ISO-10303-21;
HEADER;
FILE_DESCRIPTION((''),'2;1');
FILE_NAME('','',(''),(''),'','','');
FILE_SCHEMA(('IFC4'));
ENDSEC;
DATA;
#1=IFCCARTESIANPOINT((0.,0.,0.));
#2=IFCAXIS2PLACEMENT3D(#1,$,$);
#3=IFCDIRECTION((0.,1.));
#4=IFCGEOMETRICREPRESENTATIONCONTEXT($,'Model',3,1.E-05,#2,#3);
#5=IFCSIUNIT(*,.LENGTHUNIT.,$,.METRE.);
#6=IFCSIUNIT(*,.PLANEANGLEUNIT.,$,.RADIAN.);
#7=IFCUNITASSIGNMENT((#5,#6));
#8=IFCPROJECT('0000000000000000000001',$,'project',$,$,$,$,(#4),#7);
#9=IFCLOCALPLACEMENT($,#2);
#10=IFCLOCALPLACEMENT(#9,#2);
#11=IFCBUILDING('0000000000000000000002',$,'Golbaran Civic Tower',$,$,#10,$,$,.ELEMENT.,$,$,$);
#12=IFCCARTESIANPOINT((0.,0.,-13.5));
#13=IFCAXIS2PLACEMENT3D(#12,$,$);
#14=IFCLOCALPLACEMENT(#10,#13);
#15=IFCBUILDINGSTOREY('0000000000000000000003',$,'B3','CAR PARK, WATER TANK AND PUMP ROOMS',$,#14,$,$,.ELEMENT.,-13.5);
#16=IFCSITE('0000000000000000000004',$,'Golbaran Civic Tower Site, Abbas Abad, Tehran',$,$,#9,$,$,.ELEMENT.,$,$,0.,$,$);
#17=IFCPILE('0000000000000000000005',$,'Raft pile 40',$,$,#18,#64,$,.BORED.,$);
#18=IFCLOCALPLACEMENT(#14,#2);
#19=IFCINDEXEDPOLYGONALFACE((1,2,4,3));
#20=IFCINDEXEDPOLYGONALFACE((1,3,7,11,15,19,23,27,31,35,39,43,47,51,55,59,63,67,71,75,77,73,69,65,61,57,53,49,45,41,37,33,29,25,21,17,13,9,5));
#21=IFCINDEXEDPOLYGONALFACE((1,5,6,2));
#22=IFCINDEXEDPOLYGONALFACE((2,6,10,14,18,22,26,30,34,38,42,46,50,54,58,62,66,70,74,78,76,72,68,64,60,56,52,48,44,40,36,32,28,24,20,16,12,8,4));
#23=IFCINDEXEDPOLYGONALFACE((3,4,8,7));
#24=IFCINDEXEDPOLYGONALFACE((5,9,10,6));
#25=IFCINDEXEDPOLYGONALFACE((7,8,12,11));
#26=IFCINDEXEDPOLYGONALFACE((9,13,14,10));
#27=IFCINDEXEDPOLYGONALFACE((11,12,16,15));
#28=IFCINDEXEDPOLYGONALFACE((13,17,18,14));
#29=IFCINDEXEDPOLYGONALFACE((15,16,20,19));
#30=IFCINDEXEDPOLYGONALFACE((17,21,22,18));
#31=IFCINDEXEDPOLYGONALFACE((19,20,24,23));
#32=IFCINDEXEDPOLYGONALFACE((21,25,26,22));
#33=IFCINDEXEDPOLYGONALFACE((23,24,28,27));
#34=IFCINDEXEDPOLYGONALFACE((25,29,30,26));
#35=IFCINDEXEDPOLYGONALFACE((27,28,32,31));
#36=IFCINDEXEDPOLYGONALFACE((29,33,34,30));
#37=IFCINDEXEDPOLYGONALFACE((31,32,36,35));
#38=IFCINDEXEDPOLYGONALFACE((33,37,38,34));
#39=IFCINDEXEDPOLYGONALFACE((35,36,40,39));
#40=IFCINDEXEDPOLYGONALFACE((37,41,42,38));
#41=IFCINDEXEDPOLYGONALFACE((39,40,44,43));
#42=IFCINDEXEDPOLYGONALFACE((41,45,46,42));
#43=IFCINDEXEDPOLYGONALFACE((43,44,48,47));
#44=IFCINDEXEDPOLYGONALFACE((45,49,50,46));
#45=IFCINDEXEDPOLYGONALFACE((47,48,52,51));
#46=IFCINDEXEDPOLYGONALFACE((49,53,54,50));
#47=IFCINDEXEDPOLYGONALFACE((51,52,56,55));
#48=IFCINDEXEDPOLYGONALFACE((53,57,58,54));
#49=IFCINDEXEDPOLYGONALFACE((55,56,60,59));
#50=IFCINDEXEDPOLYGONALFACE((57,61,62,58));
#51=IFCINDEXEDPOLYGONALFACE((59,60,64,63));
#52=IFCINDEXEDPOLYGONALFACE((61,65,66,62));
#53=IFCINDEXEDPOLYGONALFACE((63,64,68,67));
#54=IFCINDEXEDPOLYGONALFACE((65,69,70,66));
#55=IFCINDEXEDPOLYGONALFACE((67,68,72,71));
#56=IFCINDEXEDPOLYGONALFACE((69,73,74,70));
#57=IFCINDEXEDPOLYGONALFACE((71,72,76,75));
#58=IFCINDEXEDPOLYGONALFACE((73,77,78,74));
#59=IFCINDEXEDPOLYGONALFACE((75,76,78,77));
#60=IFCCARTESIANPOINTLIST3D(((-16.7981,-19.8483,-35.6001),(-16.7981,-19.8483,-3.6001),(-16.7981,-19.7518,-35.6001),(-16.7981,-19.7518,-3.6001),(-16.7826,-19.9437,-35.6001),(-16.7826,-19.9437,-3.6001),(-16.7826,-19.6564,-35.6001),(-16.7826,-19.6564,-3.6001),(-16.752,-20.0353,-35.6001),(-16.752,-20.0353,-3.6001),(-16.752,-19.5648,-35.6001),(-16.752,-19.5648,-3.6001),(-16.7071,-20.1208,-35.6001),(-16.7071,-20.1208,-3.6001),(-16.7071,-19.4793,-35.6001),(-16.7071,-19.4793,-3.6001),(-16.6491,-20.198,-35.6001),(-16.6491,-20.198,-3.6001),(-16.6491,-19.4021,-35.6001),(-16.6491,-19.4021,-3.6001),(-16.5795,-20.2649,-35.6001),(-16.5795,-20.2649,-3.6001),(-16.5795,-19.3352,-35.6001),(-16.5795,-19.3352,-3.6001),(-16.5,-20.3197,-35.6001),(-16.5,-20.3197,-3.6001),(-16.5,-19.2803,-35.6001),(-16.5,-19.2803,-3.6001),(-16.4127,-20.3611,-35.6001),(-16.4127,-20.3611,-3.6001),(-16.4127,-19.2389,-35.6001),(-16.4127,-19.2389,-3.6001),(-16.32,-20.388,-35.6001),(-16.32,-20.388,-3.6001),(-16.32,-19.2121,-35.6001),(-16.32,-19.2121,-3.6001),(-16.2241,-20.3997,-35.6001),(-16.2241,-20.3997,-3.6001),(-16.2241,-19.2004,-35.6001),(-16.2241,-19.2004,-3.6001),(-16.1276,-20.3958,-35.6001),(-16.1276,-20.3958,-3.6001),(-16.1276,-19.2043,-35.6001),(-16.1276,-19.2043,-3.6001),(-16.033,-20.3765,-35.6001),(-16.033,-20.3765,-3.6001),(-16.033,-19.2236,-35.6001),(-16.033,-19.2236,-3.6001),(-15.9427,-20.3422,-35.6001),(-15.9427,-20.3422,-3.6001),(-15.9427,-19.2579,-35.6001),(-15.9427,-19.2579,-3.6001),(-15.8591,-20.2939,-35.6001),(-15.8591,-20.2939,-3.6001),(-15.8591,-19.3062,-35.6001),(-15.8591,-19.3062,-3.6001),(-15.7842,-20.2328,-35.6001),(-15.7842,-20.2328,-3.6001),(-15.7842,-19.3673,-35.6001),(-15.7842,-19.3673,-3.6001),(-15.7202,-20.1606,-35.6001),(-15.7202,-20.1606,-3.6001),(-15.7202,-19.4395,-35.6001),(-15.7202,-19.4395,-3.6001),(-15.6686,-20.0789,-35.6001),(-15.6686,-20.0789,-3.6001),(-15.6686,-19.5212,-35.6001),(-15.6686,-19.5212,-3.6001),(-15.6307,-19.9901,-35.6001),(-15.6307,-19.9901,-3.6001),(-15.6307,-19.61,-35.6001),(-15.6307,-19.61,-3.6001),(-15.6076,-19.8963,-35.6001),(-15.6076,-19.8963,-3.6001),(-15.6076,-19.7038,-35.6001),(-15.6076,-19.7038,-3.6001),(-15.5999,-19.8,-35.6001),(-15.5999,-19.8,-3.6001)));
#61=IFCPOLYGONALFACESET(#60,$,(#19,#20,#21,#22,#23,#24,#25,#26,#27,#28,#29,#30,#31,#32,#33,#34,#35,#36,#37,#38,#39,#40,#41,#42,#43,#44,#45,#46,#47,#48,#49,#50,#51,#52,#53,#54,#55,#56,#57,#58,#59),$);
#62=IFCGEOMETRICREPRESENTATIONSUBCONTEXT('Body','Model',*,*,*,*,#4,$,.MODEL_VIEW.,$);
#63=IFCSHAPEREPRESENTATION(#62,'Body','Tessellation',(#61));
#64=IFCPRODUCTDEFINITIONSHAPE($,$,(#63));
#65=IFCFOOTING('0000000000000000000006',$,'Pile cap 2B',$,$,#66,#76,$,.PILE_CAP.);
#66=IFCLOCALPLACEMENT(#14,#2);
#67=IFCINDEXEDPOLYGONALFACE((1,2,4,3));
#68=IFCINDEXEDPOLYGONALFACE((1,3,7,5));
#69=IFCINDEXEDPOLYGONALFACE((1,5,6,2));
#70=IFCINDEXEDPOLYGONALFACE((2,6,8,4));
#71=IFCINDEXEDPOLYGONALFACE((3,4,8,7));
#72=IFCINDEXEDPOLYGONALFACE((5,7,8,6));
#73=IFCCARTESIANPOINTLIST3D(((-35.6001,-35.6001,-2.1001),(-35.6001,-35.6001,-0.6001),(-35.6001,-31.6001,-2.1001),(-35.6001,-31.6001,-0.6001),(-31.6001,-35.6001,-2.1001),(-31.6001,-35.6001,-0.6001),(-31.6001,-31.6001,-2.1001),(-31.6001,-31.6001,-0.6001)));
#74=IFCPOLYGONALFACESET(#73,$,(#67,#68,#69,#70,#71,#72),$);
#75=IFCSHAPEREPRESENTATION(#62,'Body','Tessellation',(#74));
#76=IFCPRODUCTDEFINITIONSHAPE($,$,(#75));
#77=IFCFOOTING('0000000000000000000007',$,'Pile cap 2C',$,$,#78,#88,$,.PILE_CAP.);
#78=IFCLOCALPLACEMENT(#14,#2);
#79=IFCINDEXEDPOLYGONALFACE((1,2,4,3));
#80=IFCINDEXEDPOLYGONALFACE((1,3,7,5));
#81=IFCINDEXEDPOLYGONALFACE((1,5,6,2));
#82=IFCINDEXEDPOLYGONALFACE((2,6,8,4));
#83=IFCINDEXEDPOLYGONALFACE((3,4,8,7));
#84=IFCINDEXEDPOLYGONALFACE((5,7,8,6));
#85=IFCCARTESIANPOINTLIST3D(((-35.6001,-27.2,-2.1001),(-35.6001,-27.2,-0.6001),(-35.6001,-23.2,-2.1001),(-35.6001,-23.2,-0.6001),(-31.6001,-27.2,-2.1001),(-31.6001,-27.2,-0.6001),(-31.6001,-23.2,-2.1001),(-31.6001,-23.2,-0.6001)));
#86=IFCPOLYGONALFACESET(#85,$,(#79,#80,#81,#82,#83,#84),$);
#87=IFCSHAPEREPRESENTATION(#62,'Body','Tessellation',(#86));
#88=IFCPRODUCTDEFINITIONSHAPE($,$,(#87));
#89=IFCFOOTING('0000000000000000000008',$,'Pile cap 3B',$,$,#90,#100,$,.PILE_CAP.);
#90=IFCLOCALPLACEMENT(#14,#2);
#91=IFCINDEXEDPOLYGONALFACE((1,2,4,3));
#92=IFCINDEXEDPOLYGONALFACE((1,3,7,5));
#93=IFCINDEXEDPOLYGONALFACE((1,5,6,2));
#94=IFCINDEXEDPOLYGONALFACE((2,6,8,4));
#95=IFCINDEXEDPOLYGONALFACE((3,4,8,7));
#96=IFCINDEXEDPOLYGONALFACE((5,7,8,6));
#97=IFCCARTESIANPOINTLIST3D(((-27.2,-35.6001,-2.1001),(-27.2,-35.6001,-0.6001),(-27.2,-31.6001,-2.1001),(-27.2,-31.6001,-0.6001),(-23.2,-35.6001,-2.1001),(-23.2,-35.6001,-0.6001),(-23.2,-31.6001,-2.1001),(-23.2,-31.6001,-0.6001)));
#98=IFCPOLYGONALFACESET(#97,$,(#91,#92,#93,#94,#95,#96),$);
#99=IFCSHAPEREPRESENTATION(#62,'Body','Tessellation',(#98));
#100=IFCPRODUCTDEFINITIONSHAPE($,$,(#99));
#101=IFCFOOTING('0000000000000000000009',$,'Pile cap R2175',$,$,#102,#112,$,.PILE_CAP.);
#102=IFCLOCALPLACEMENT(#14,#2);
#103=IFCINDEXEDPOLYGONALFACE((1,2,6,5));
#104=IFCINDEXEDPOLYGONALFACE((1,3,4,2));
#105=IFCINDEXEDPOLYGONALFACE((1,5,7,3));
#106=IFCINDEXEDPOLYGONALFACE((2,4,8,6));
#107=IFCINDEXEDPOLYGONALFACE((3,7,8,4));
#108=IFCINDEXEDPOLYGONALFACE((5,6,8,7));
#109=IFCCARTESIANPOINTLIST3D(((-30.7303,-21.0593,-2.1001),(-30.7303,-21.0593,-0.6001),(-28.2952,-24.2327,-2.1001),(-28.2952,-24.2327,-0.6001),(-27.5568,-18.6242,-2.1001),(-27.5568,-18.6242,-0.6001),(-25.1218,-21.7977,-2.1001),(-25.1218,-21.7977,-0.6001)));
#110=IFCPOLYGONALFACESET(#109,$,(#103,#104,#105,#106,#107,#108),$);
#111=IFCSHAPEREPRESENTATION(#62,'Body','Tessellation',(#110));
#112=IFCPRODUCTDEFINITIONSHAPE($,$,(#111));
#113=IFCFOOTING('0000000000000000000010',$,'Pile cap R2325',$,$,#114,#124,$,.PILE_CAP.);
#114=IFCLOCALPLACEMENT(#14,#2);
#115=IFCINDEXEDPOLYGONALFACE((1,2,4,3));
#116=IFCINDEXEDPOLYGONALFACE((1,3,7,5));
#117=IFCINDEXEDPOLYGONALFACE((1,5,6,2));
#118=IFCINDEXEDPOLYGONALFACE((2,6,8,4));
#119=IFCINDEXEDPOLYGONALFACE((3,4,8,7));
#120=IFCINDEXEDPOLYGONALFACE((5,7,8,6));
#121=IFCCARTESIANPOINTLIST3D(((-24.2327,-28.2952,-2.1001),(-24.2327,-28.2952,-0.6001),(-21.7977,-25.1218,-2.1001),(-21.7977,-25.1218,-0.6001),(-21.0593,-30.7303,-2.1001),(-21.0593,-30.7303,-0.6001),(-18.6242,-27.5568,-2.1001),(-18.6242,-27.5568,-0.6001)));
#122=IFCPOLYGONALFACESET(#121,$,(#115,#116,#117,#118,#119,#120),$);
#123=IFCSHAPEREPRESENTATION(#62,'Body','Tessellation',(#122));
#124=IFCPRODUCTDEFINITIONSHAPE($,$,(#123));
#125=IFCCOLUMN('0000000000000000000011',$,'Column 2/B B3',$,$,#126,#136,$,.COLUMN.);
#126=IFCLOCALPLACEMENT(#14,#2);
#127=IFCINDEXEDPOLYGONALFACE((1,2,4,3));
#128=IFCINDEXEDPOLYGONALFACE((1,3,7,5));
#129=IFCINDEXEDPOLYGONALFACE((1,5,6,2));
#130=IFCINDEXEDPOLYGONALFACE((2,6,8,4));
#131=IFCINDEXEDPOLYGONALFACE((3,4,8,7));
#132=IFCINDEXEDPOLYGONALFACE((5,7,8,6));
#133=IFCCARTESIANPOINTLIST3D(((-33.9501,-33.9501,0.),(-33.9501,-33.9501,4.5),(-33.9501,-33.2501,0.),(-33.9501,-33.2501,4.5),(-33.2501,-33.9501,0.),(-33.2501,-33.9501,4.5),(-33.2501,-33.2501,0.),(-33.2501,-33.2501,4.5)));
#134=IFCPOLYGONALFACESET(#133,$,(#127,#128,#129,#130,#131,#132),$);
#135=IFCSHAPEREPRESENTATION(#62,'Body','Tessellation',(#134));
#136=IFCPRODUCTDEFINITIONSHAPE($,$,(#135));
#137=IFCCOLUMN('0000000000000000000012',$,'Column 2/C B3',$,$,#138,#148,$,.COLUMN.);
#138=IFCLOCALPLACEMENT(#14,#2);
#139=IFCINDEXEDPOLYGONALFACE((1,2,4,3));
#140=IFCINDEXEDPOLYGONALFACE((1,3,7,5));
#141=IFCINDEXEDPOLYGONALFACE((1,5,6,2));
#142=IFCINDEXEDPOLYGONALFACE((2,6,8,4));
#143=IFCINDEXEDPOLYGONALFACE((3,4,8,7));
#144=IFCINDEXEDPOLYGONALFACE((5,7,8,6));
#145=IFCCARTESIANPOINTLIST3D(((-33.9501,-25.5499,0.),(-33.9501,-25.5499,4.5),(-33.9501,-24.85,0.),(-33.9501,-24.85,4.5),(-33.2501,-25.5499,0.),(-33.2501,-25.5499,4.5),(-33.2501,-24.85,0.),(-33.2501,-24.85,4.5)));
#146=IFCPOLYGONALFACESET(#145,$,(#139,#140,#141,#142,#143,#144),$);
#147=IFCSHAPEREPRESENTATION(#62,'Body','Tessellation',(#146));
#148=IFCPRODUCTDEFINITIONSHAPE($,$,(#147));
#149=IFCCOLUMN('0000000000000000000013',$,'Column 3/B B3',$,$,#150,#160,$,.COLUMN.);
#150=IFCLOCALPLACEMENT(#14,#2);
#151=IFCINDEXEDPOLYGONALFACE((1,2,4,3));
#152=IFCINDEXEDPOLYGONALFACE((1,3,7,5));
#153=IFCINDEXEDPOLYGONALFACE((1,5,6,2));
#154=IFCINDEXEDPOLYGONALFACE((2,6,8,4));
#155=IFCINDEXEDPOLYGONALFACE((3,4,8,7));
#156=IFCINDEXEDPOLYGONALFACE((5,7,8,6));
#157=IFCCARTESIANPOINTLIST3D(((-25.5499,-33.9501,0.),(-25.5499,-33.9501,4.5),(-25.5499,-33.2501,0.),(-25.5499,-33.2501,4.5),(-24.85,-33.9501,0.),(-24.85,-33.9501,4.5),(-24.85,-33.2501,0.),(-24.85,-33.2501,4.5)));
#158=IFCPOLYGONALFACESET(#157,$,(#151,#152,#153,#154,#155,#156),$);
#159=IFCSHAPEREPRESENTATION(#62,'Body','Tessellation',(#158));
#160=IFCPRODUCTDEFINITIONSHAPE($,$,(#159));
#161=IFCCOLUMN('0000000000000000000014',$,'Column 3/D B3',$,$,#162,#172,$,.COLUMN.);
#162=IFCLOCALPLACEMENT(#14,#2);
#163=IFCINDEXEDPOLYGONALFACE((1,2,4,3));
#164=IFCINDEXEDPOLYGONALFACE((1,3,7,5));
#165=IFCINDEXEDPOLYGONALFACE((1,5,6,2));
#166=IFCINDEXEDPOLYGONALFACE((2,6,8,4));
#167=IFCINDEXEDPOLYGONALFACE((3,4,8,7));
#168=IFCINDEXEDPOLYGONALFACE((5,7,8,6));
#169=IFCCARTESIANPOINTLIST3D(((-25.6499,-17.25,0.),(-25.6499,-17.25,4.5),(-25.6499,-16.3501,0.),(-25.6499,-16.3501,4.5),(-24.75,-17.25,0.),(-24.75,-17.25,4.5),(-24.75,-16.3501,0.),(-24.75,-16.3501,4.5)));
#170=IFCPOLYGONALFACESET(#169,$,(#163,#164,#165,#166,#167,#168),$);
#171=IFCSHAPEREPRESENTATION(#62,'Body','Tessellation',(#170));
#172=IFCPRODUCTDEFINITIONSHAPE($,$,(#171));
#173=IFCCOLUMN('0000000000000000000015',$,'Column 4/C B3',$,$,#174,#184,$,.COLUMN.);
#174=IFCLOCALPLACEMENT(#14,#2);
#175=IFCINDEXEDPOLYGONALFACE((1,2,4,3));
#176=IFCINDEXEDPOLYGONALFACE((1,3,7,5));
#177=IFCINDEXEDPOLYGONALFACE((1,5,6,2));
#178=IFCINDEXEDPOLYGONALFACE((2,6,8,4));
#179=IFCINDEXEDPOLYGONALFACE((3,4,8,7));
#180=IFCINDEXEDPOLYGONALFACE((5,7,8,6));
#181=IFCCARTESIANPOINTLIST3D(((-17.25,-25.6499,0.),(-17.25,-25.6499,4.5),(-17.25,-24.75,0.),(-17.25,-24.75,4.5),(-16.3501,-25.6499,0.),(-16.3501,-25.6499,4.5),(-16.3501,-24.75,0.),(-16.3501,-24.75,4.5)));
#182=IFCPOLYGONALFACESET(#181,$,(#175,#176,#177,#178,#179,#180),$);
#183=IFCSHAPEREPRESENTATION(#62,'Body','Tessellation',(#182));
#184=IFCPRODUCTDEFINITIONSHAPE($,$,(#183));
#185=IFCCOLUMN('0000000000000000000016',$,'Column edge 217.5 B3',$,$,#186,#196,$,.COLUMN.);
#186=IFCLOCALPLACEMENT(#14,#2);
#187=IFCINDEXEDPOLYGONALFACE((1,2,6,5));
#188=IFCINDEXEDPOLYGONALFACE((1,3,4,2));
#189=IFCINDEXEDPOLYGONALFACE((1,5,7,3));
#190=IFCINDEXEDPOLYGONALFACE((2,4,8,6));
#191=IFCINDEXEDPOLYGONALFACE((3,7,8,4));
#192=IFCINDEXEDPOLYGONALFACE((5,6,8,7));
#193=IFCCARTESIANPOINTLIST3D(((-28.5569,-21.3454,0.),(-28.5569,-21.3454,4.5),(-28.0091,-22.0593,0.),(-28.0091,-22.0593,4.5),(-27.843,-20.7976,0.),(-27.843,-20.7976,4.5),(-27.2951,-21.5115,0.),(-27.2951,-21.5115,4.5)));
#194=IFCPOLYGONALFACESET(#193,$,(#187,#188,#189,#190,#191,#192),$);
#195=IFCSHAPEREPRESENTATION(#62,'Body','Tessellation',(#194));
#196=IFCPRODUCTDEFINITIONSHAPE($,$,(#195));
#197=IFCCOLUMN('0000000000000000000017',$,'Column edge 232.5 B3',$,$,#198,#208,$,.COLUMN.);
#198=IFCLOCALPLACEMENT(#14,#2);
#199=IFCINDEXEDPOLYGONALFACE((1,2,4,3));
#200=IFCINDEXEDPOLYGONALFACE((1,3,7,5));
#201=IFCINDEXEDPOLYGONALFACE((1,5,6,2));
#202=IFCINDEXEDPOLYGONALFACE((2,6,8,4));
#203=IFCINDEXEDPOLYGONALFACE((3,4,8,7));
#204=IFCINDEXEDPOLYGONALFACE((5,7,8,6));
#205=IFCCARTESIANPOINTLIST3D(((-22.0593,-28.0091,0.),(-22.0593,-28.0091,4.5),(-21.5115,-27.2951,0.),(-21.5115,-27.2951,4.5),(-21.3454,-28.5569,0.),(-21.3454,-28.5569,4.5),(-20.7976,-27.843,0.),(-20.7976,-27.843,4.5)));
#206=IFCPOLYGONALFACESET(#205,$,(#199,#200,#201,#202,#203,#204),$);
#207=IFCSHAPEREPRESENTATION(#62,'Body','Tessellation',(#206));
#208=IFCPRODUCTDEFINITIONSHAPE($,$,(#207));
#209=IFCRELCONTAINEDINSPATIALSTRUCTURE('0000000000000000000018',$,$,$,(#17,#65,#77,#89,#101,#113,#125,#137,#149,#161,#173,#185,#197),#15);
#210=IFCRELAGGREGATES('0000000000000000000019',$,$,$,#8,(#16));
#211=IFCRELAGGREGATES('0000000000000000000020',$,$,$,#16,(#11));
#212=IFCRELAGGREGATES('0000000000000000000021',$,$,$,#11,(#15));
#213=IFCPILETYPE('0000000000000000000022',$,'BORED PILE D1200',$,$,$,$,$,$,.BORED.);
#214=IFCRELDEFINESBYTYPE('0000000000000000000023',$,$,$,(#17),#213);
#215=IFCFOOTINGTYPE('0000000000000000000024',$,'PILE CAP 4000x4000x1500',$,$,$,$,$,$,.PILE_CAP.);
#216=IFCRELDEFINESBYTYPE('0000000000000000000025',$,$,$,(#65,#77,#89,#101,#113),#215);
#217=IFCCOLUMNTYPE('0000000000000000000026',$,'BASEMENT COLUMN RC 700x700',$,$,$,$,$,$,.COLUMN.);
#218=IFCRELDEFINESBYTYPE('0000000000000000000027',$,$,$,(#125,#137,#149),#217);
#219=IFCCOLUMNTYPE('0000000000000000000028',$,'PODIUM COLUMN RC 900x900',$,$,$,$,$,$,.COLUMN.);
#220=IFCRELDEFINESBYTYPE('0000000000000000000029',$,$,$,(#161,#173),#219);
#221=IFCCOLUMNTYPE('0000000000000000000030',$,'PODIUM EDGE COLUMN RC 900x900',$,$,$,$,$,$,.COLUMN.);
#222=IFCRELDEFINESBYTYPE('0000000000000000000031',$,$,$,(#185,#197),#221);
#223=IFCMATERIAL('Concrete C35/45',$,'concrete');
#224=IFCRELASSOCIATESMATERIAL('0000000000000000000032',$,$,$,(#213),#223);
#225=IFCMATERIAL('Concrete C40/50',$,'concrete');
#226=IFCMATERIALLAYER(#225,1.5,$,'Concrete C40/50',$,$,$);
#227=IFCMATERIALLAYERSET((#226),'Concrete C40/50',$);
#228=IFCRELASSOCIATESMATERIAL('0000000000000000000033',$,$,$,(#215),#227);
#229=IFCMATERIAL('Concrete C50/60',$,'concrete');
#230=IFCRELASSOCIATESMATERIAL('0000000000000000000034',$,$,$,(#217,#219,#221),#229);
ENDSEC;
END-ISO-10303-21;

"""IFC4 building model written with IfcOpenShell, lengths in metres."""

from ifc_helpers import new_model, si_unit, direction, frame, origin, origin_2d, place, context, subcontext, project, spatial, rectangle, circle, extrude, material, layer, layer_set, material_profile, profile_set, type_object, element, save


model = new_model("IFC4")

# Units and contexts
model_context = context("Model", 3, precision=1e-05, world=origin(), true_north=direction((0.0, 1.0)))
body_context = subcontext(model_context, "Body", "Model", "MODEL_VIEW")
ifc_project = project(units=[si_unit("LENGTHUNIT", "METRE"), si_unit("PLANEANGLEUNIT", "RADIAN")], contexts=[model_context])

# Site, building, storey
site_placement = place(None, origin())
site = spatial("IfcSite", under=ifc_project, at=site_placement, Name="Golbaran Civic Tower Site, Abbas Abad, Tehran", CompositionType="ELEMENT", RefElevation=0.0)
building_placement = place(site_placement, origin())
building = spatial("IfcBuilding", under=site, at=building_placement, Name="Golbaran Civic Tower", CompositionType="ELEMENT")
storey_placement = place(building_placement, frame((0.0, 0.0, -13.5)))
storey = spatial("IfcBuildingStorey", under=building, at=storey_placement, Name="B3", Description="CAR PARK, WATER TANK AND PUMP ROOMS", CompositionType="ELEMENT", Elevation=-13.5)

# Pile
ifc_material_1 = material(Name="Concrete C35/45", Category="concrete")
ifc_material_profile_1 = material_profile(ifc_material_1, circle(Radius=0.6001, at=origin_2d()), Name="BORED PILE D1200")
ifc_profile_set_1 = profile_set([ifc_material_profile_1], Name="Concrete C35/45")
pile_type_1 = type_object("IfcPileType", Name="BORED PILE D1200", PredefinedType="BORED", material=ifc_profile_set_1)
for number, where, z_axis, x_axis, name in (
    (1, (-16.2, -19.8, -3.6001), (0.0, 0.0, -1.0), (1.0, 0.0, 0.0), "Raft pile 40"),
):
    element("IfcPile", number, at=place(storey_placement, frame(where, z_axis=z_axis, x_axis=x_axis)), inside=storey, type_object=pile_type_1, Name=name, PredefinedType="BORED", context=body_context, shape_type="SweptSolid", body=[
        extrude(circle(Radius=0.6001, at=origin_2d()), origin(), (0.0, 0.0, 1.0), 32.0),
    ])

# Footings
ifc_material_2 = material(Name="Concrete C40/50", Category="concrete")
ifc_layer = layer(ifc_material_2, 1.5, Name="Concrete C40/50")
ifc_layer_set = layer_set([ifc_layer], Name="Concrete C40/50")
footing_type = type_object("IfcFootingType", Name="PILE CAP 4000x4000x1500", PredefinedType="PILE_CAP", material=ifc_layer_set)
for number, where, z_axis, x_axis, name in (
    (2, (-33.6001, -33.6001, -2.1001), (0.0, 0.0, 1.0), (1.0, 0.0, 0.0), "Pile cap 2B"),
    (3, (-33.6001, -25.2, -2.1001), (0.0, 0.0, 1.0), (1.0, 0.0, 0.0), "Pile cap 2C"),
    (4, (-25.2, -33.6001, -2.1001), (0.0, 0.0, 1.0), (1.0, 0.0, 0.0), "Pile cap 3B"),
    (5, (-27.926, -21.4285, -2.1001), (0.0, 0.0, 1.0), (-0.793353, -0.608761, 0.0), "Pile cap R2175"),
    (6, (-21.4285, -27.926, -2.1001), (0.0, 0.0, 1.0), (-0.608761, -0.793353, 0.0), "Pile cap R2325"),
):
    element("IfcFooting", number, at=place(storey_placement, frame(where, z_axis=z_axis, x_axis=x_axis)), inside=storey, type_object=footing_type, Name=name, PredefinedType="PILE_CAP", context=body_context, shape_type="SweptSolid", body=[
        extrude(rectangle(XDim=4.0, YDim=4.0, at=origin_2d()), origin(), (0.0, 0.0, 1.0), 1.5),
    ])

# Columns
ifc_material_3 = material(Name="Concrete C50/60", Category="concrete")
ifc_material_profile_2 = material_profile(ifc_material_3, rectangle(XDim=0.7, YDim=0.7, at=origin_2d()), Name="RC 700x700")
ifc_profile_set_2 = profile_set([ifc_material_profile_2], Name="Concrete C50/60")
column_type_1 = type_object("IfcColumnType", Name="BASEMENT COLUMN RC 700x700", PredefinedType="COLUMN", material=ifc_profile_set_2)
for number, where, z_axis, x_axis, name in (
    (7, (-33.6001, -33.6001, 0.0), (0.0, 0.0, 1.0), (1.0, 0.0, 0.0), "Column 2/B B3"),
    (8, (-33.6001, -25.2, 0.0), (0.0, 0.0, 1.0), (1.0, 0.0, 0.0), "Column 2/C B3"),
    (9, (-25.2, -33.6001, 0.0), (0.0, 0.0, 1.0), (1.0, 0.0, 0.0), "Column 3/B B3"),
):
    element("IfcColumn", number, at=place(storey_placement, frame(where, z_axis=z_axis, x_axis=x_axis)), inside=storey, type_object=column_type_1, Name=name, PredefinedType="COLUMN", context=body_context, shape_type="SweptSolid", body=[
        extrude(rectangle(XDim=0.7, YDim=0.7, at=origin_2d()), origin(), (0.0, 0.0, 1.0), 4.5),
    ])
ifc_material_profile_3 = material_profile(ifc_material_3, rectangle(XDim=0.8999, YDim=0.8999, at=origin_2d()), Name="RC 900x900")
ifc_profile_set_3 = profile_set([ifc_material_profile_3], Name="Concrete C50/60")
column_type_2 = type_object("IfcColumnType", Name="PODIUM COLUMN RC 900x900", PredefinedType="COLUMN", material=ifc_profile_set_3)
for number, where, z_axis, x_axis, name in (
    (10, (-25.2, -16.8, 0.0), (0.0, 0.0, 1.0), (1.0, 0.0, 0.0), "Column 3/D B3"),
    (11, (-16.8, -25.2, 0.0), (0.0, 0.0, 1.0), (1.0, 0.0, 0.0), "Column 4/C B3"),
):
    element("IfcColumn", number, at=place(storey_placement, frame(where, z_axis=z_axis, x_axis=x_axis)), inside=storey, type_object=column_type_2, Name=name, PredefinedType="COLUMN", context=body_context, shape_type="SweptSolid", body=[
        extrude(rectangle(XDim=0.8999, YDim=0.8999, at=origin_2d()), origin(), (0.0, 0.0, 1.0), 4.5),
    ])
ifc_material_profile_4 = material_profile(ifc_material_3, rectangle(XDim=0.8999, YDim=0.8999, at=origin_2d()), Name="RC 900x900")
ifc_profile_set_4 = profile_set([ifc_material_profile_4], Name="Concrete C50/60")
column_type_3 = type_object("IfcColumnType", Name="PODIUM EDGE COLUMN RC 900x900", PredefinedType="COLUMN", material=ifc_profile_set_4)
for number, where, z_axis, x_axis, name in (
    (12, (-27.926, -21.4285, 0.0), (0.0, 0.0, 1.0), (-0.793353, -0.608761, 0.0), "Column edge 217.5 B3"),
    (13, (-21.4285, -27.926, 0.0), (0.0, 0.0, 1.0), (-0.608761, -0.793353, 0.0), "Column edge 232.5 B3"),
):
    element("IfcColumn", number, at=place(storey_placement, frame(where, z_axis=z_axis, x_axis=x_axis)), inside=storey, type_object=column_type_3, Name=name, PredefinedType="COLUMN", context=body_context, shape_type="SweptSolid", body=[
        extrude(rectangle(XDim=0.8999, YDim=0.8999, at=origin_2d()), origin(), (0.0, 0.0, 1.0), 4.5),
    ])

save(model, "model.ifc")
